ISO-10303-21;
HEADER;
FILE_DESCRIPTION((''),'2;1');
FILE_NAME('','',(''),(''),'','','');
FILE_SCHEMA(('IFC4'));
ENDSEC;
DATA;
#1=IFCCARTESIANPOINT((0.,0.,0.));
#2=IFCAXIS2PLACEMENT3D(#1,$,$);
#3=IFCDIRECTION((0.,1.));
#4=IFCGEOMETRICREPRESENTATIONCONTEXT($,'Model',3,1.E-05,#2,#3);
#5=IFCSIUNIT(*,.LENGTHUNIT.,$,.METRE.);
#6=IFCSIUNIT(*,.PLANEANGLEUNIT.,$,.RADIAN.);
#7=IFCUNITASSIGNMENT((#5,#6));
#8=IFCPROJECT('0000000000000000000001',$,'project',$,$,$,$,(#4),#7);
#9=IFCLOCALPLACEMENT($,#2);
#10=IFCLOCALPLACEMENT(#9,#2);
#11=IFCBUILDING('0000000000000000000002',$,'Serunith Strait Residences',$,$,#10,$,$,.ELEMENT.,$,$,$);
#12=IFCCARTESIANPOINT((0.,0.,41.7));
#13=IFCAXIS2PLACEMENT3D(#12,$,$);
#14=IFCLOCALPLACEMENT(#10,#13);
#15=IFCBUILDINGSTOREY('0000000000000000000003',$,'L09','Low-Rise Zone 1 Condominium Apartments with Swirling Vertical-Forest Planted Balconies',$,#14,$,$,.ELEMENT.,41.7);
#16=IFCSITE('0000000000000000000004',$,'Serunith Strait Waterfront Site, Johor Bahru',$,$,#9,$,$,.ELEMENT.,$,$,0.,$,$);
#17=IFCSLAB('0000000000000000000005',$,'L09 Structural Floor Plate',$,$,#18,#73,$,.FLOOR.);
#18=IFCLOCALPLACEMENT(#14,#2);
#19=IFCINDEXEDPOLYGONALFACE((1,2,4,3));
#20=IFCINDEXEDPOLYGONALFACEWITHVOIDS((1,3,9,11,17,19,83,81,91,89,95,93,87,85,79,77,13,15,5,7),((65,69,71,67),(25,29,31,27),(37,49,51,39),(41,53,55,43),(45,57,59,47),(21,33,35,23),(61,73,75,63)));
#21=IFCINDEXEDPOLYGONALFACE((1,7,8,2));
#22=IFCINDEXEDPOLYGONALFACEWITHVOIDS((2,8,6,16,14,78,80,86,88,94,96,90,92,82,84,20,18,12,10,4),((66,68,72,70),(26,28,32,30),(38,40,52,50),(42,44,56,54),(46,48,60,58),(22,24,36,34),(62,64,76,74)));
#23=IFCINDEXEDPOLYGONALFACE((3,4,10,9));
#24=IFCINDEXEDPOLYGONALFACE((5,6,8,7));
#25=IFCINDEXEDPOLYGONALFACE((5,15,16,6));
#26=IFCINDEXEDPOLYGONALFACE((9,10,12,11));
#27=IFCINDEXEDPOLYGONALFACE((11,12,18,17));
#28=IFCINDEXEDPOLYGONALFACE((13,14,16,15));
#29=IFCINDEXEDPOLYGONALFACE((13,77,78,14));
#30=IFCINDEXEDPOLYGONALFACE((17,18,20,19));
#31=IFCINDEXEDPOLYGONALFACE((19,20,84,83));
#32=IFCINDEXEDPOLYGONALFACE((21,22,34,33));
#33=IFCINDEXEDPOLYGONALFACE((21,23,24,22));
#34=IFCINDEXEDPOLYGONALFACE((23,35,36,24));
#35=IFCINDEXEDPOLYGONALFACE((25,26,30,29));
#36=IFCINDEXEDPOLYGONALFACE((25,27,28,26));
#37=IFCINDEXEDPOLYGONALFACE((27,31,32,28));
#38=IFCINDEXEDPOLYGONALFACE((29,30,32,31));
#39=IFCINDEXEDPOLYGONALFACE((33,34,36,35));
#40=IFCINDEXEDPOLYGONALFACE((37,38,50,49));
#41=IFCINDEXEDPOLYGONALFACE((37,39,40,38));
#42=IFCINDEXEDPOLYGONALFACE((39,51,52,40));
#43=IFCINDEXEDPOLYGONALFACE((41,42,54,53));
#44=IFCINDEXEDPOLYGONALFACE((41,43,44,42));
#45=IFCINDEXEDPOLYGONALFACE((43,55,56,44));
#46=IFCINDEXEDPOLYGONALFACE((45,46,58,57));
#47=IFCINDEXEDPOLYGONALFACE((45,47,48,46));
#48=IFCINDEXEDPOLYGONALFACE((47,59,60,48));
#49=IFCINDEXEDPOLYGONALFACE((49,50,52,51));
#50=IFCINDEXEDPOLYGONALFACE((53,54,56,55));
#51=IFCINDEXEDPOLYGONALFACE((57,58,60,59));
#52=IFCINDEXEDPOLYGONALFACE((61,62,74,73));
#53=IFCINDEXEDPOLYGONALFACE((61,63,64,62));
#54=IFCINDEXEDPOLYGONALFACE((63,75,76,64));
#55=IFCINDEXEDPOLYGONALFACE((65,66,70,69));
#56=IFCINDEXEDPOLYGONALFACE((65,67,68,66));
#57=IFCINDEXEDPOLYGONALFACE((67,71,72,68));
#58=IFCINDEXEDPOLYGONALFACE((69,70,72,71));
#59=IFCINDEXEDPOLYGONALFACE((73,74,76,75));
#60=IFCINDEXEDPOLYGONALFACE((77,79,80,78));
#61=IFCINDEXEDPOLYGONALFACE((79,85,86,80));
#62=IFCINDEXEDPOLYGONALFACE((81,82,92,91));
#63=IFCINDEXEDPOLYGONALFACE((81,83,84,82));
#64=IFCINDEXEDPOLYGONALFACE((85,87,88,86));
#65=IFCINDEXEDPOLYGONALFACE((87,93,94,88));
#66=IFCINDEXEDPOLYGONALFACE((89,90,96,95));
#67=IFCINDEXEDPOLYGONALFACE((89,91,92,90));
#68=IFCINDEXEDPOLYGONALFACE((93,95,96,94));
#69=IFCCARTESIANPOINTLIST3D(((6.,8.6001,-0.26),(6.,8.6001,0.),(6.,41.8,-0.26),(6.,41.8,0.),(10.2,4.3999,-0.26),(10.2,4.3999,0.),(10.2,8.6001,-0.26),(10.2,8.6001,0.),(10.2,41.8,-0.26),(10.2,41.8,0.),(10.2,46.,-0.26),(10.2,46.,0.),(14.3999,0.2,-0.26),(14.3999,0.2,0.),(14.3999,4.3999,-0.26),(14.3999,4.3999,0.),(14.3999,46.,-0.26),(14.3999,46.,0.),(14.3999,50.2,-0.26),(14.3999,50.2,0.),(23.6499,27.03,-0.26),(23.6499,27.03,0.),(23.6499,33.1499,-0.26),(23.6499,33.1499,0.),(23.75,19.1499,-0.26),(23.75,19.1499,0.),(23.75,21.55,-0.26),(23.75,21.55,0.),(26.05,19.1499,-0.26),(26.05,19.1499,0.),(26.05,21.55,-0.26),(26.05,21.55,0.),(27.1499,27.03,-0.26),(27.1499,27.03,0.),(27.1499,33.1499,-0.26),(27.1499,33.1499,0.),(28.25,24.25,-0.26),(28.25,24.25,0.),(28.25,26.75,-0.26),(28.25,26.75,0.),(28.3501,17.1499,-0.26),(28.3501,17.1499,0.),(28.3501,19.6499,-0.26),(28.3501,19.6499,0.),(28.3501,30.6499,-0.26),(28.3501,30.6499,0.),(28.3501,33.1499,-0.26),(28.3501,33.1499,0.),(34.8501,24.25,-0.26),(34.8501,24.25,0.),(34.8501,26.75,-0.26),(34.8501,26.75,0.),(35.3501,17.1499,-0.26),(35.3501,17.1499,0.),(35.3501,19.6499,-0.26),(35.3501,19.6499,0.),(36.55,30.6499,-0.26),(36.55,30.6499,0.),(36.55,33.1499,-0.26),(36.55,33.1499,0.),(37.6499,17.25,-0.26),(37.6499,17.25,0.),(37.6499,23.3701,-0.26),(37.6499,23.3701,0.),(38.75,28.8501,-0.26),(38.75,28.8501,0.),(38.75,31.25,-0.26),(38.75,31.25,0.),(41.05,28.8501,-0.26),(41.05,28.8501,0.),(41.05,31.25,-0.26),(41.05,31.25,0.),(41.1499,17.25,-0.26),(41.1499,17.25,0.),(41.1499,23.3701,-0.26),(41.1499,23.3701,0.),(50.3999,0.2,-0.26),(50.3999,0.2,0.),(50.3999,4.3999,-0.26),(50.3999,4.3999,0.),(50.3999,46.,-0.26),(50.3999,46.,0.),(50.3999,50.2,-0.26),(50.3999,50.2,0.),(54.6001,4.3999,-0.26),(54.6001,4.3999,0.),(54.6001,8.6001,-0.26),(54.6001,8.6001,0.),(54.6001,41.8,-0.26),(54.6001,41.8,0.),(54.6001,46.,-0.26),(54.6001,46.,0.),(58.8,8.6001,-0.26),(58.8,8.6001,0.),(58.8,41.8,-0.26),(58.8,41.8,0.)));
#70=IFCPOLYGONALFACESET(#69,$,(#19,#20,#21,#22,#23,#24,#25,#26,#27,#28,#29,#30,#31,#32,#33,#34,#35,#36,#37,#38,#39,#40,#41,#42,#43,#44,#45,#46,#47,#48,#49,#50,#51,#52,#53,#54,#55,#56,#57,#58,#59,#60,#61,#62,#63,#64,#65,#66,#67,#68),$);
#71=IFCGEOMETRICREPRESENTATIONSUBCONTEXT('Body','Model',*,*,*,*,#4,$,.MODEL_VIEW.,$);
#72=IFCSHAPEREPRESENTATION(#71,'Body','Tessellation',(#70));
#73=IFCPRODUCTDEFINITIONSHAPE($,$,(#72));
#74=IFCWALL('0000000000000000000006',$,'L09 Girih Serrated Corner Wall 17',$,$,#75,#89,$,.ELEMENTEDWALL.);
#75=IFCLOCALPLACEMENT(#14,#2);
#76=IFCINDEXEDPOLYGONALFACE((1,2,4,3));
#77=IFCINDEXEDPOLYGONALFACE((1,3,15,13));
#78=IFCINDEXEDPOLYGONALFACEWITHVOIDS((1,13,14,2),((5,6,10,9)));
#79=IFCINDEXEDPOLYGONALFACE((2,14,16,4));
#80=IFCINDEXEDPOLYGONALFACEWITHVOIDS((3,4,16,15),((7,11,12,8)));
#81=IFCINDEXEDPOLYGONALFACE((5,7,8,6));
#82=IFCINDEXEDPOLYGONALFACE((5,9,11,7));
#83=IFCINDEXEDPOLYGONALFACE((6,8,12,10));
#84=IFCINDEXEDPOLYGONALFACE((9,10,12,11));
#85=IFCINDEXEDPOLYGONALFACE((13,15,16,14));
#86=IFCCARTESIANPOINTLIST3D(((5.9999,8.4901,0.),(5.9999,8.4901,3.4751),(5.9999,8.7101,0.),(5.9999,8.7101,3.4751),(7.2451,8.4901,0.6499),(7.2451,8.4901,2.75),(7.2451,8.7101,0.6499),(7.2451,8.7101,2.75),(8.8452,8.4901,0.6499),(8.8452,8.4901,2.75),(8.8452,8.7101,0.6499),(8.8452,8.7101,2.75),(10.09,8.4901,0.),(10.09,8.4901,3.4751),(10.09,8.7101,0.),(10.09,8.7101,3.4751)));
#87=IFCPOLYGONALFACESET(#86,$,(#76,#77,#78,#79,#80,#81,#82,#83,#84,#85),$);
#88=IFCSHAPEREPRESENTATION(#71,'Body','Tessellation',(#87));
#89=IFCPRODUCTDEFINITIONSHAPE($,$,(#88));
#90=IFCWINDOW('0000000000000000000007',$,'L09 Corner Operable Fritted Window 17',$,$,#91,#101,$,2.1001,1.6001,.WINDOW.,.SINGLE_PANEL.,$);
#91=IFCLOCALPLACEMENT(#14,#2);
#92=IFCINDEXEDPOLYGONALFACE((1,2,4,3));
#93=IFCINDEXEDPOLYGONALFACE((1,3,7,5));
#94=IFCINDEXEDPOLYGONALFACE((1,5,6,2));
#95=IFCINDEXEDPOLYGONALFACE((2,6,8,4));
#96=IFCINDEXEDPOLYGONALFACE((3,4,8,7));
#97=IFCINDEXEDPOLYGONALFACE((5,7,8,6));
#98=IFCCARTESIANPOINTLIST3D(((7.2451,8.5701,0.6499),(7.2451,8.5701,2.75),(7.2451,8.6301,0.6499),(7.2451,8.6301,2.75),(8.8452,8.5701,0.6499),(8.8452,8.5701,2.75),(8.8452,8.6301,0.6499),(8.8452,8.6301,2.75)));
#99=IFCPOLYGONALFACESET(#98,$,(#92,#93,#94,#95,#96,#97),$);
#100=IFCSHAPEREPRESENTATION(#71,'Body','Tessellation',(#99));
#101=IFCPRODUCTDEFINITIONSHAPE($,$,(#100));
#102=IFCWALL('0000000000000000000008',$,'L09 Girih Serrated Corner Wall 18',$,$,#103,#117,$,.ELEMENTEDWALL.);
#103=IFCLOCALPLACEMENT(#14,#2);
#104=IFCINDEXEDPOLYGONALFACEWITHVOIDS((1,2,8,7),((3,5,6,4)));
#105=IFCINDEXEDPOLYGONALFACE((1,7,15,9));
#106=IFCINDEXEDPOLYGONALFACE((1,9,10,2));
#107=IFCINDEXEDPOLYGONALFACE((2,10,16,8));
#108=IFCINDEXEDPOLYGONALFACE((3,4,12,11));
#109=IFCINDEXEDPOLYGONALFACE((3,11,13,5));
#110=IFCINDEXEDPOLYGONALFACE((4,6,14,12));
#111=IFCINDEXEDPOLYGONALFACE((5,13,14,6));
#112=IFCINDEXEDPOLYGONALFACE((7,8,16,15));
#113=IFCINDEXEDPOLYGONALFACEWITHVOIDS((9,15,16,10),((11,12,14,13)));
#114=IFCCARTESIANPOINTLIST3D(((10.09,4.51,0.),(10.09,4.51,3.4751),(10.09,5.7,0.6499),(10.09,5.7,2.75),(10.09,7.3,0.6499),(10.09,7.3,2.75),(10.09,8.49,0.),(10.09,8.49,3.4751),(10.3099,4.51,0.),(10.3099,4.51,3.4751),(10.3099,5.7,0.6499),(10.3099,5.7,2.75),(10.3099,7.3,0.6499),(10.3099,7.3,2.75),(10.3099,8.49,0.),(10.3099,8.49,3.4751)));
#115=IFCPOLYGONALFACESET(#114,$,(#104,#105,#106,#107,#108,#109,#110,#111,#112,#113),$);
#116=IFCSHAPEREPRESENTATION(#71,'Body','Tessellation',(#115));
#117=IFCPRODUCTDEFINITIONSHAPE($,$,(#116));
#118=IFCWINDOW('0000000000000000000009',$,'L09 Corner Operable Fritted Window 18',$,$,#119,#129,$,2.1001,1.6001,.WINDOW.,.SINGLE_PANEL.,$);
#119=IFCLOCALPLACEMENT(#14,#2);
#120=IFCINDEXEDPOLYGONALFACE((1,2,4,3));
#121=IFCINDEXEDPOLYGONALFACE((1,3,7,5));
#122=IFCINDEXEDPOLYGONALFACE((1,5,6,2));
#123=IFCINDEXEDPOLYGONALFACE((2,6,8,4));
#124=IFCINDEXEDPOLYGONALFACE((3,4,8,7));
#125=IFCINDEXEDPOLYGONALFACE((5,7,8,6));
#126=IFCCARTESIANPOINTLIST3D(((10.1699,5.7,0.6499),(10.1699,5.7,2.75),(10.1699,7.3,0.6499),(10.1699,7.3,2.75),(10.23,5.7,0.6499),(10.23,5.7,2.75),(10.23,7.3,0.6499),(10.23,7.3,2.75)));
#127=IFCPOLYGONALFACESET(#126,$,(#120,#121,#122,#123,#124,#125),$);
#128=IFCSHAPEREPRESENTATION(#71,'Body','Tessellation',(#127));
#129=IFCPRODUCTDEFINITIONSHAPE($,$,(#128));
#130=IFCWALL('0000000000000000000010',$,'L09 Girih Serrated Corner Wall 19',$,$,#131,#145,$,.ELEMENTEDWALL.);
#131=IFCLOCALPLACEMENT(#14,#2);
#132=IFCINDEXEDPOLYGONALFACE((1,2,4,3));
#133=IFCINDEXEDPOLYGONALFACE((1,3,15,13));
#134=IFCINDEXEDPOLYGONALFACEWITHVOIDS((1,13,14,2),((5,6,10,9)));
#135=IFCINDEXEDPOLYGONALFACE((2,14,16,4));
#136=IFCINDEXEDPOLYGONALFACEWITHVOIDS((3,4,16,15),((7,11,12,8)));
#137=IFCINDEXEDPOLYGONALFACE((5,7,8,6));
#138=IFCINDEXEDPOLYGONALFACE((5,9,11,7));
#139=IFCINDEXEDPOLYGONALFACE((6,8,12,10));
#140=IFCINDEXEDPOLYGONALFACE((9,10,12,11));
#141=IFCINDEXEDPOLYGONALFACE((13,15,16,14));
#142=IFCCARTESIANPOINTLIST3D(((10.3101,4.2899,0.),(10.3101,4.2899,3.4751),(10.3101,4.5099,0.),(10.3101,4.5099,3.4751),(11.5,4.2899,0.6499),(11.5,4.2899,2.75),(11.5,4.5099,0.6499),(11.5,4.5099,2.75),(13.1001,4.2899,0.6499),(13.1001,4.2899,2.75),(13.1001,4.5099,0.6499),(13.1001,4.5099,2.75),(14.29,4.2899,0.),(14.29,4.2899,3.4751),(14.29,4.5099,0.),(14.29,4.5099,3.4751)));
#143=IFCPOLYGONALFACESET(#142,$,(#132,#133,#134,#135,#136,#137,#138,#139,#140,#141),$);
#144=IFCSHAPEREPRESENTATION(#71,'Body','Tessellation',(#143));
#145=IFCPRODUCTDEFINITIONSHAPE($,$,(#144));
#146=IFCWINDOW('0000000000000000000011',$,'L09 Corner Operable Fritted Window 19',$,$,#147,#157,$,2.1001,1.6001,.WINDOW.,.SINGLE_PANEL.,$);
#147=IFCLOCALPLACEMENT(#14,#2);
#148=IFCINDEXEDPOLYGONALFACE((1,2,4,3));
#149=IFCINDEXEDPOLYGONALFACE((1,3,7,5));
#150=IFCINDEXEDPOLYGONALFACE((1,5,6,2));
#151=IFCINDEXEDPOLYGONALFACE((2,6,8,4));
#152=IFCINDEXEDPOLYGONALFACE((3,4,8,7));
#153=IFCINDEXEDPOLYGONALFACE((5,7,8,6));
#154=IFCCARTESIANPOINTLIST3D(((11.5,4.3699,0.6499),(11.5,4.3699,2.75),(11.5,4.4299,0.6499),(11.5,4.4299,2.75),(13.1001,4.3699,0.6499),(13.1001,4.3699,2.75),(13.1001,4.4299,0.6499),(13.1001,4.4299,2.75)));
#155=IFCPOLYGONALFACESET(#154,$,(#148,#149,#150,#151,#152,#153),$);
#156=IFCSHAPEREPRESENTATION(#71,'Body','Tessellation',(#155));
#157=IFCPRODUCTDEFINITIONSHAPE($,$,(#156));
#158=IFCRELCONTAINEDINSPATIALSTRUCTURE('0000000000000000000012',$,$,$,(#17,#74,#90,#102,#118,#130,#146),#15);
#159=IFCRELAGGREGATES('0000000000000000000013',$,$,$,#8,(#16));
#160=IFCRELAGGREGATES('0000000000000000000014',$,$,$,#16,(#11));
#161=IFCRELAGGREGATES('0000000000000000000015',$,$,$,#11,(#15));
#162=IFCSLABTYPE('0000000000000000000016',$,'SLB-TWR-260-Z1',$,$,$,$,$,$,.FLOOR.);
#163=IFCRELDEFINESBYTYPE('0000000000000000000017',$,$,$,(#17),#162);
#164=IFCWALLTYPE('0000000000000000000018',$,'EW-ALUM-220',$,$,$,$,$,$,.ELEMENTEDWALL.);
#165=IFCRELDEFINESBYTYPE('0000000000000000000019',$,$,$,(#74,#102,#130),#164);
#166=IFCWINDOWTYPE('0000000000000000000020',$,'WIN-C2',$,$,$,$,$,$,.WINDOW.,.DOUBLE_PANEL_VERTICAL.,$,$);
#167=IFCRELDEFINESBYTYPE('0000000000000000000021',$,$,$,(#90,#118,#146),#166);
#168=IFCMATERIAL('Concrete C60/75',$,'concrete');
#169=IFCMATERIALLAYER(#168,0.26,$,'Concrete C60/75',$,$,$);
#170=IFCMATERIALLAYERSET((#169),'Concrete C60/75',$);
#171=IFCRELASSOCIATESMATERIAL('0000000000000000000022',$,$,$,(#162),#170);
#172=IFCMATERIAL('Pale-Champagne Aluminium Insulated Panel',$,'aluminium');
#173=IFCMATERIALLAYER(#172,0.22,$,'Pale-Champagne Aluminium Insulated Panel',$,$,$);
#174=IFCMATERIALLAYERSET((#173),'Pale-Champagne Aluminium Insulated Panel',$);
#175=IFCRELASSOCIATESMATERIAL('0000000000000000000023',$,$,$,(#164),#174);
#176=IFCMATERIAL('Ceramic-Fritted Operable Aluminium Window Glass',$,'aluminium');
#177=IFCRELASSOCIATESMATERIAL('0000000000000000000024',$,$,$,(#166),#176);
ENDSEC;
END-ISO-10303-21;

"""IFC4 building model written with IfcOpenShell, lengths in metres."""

from ifc_helpers import new_model, si_unit, direction, frame, frame_2d, origin, place, context, subcontext, project, spatial, polyline, rectangle, outline, extrude, source, transform, mapped, material, layer, layer_set, type_object, element, fill, save


model = new_model("IFC4")

# Units and contexts
model_context = context("Model", 3, precision=1e-05, world=origin(), true_north=direction((0.0, 1.0)))
body_context = subcontext(model_context, "Body", "Model", "MODEL_VIEW")
ifc_project = project(units=[si_unit("LENGTHUNIT", "METRE"), si_unit("PLANEANGLEUNIT", "RADIAN")], contexts=[model_context])

# Site, building, storey
site_placement = place(None, origin())
site = spatial("IfcSite", under=ifc_project, at=site_placement, Name="Serunith Strait Waterfront Site, Johor Bahru", CompositionType="ELEMENT", RefElevation=0.0)
building_placement = place(site_placement, origin())
building = spatial("IfcBuilding", under=site, at=building_placement, Name="Serunith Strait Residences", CompositionType="ELEMENT")
storey_placement = place(building_placement, frame((0.0, 0.0, 41.7)))
storey = spatial("IfcBuildingStorey", under=building, at=storey_placement, Name="L09", Description="Low-Rise Zone 1 Condominium Apartments with Swirling Vertical-Forest Planted Balconies", CompositionType="ELEMENT", Elevation=41.7)

# Slab
ifc_material_1 = material(Name="Concrete C60/75", Category="concrete")
ifc_layer_1 = layer(ifc_material_1, 0.26, Name="Concrete C60/75")
ifc_layer_set_1 = layer_set([ifc_layer_1], Name="Concrete C60/75")
slab_type_1 = type_object("IfcSlabType", Name="SLB-TWR-260-Z1", PredefinedType="FLOOR", material=ifc_layer_set_1)
slab_1_placement = place(storey_placement, frame((0.0, 0.0, -0.26)))
element("IfcSlab", 1, at=slab_1_placement, inside=storey, type_object=slab_type_1, Name="L09 Structural Floor Plate", PredefinedType="FLOOR", context=body_context, shape_type="SweptSolid", body=[
    extrude(outline(polyline([(14.3999, 4.3999), (10.2, 4.3999), (10.2, 8.6001), (6.0, 8.6001), (6.0, 41.8), (10.2, 41.8), (10.2, 46.0), (14.3999, 46.0), (14.3999, 50.2), (50.3999, 50.2), (50.3999, 46.0), (54.6001, 46.0), (54.6001, 41.8), (58.8, 41.8), (58.8, 8.6001), (54.6001, 8.6001), (54.6001, 4.3999), (50.3999, 4.3999), (50.3999, 0.2), (14.3999, 0.2), (14.3999, 4.3999)]), holes=[polyline([(41.1499, 17.25), (41.1499, 23.3701), (37.6499, 23.3701), (37.6499, 17.25), (41.1499, 17.25)]), polyline([(41.05, 31.25), (38.75, 31.25), (38.75, 28.8501), (41.05, 28.8501), (41.05, 31.25)]), polyline([(36.55, 33.1499), (28.3501, 33.1499), (28.3501, 30.6499), (36.55, 30.6499), (36.55, 33.1499)]), polyline([(28.3501, 19.6499), (28.3501, 17.1499), (35.3501, 17.1499), (35.3501, 19.6499), (28.3501, 19.6499)]), polyline([(34.8501, 26.75), (28.25, 26.75), (28.25, 24.25), (34.8501, 24.25), (34.8501, 26.75)]), polyline([(23.6499, 33.1499), (23.6499, 27.03), (27.1499, 27.03), (27.1499, 33.1499), (23.6499, 33.1499)]), polyline([(26.05, 21.55), (23.75, 21.55), (23.75, 19.1499), (26.05, 19.1499), (26.05, 21.55)])]), origin(), (0.0, 0.0, 1.0), 0.26),
])

# Walls, openings, windows
ifc_material_2 = material(Name="Pale-Champagne Aluminium Insulated Panel", Category="aluminium")
ifc_layer_2 = layer(ifc_material_2, 0.22, Name="Pale-Champagne Aluminium Insulated Panel")
ifc_layer_set_2 = layer_set([ifc_layer_2], Name="Pale-Champagne Aluminium Insulated Panel")
wall_type_1 = type_object("IfcWallType", Name="EW-ALUM-220", PredefinedType="ELEMENTEDWALL", material=ifc_layer_set_2)
wall_1_placement = place(storey_placement, frame((6.0, 8.6001, 0.0), z_axis=(0.0, 0.0, 1.0), x_axis=(1.0, 0.0, 0.0)))
wall_1 = element("IfcWall", 2, at=wall_1_placement, inside=storey, type_object=wall_type_1, Name="L09 Girih Serrated Corner Wall 17", PredefinedType="ELEMENTEDWALL", context=body_context, shape_type="SweptSolid", body=[
    extrude(rectangle(XDim=4.0901, YDim=0.22, at=frame_2d((2.0449, 0.0))), origin(), (0.0, 0.0, 1.0), 3.4751),
])
opening_1_placement = place(wall_1_placement, frame((1.2451, 0.0, 0.6499)))
opening_1 = element("IfcOpeningElement", 3, at=opening_1_placement, cuts=wall_1, PredefinedType="OPENING", context=body_context, shape_type="SweptSolid", body=[
    extrude(rectangle(XDim=1.6001, YDim=2.1001, at=frame_2d((0.8, 1.05))), frame((0.0, 0.1201, 0.0), z_axis=(0.0, -1.0, 0.0), x_axis=(1.0, 0.0, 0.0)), (0.0, 0.0, 1.0), 0.24),
])
ifc_material_3 = material(Name="Ceramic-Fritted Operable Aluminium Window Glass", Category="aluminium")
window_type = type_object("IfcWindowType", Name="WIN-C2", PartitioningType="DOUBLE_PANEL_VERTICAL", PredefinedType="WINDOW", material=ifc_material_3)
shared_shape_1 = source(origin(), body_context, "Body", "SweptSolid", [
    extrude(rectangle(XDim=1.6001, YDim=2.1001, at=frame_2d((0.8, 1.05))), frame((0.0, 0.03, 0.0), z_axis=(0.0, -1.0, 0.0), x_axis=(1.0, 0.0, 0.0)), (0.0, 0.0, 1.0), 0.0601),
])
window_1_placement = place(opening_1_placement, origin())
window_1 = element("IfcWindow", 4, at=window_1_placement, inside=storey, type_object=window_type, Name="L09 Corner Operable Fritted Window 17", OverallHeight=2.1001, OverallWidth=1.6001, PartitioningType="SINGLE_PANEL", PredefinedType="WINDOW", context=body_context, shape_type="MappedRepresentation", body=[
    mapped(shared_shape_1, transform((0.0, 0.0, 0.0), scale=1.0)),
])
fill(opening_1, window_1)
wall_2_placement = place(storey_placement, frame((10.2, 8.49, 0.0), z_axis=(0.0, 0.0, 1.0), x_axis=(0.0, -1.0, 0.0)))
wall_2 = element("IfcWall", 5, at=wall_2_placement, inside=storey, type_object=wall_type_1, Name="L09 Girih Serrated Corner Wall 18", PredefinedType="ELEMENTEDWALL", context=body_context, shape_type="SweptSolid", body=[
    extrude(rectangle(XDim=3.98, YDim=0.22, at=frame_2d((1.99, 0.0))), origin(), (0.0, 0.0, 1.0), 3.4751),
])
opening_2_placement = place(wall_2_placement, frame((1.1899, 0.0, 0.6499)))
opening_2 = element("IfcOpeningElement", 6, at=opening_2_placement, cuts=wall_2, PredefinedType="OPENING", context=body_context, shape_type="SweptSolid", body=[
    extrude(rectangle(XDim=1.6001, YDim=2.1001, at=frame_2d((0.8, 1.05))), frame((0.0, 0.1201, 0.0), z_axis=(0.0, -1.0, 0.0), x_axis=(1.0, 0.0, 0.0)), (0.0, 0.0, 1.0), 0.24),
])
window_2_placement = place(opening_2_placement, origin())
window_2 = element("IfcWindow", 7, at=window_2_placement, inside=storey, type_object=window_type, Name="L09 Corner Operable Fritted Window 18", OverallHeight=2.1001, OverallWidth=1.6001, PartitioningType="SINGLE_PANEL", PredefinedType="WINDOW", context=body_context, shape_type="MappedRepresentation", body=[
    mapped(shared_shape_1, transform((0.0, 0.0, 0.0), scale=1.0)),
])
fill(opening_2, window_2)
wall_3_placement = place(storey_placement, frame((10.3101, 4.3999, 0.0), z_axis=(0.0, 0.0, 1.0), x_axis=(1.0, 0.0, 0.0)))
wall_3 = element("IfcWall", 8, at=wall_3_placement, inside=storey, type_object=wall_type_1, Name="L09 Girih Serrated Corner Wall 19", PredefinedType="ELEMENTEDWALL", context=body_context, shape_type="SweptSolid", body=[
    extrude(rectangle(XDim=3.98, YDim=0.22, at=frame_2d((1.99, 0.0))), origin(), (0.0, 0.0, 1.0), 3.4751),
])
opening_3_placement = place(wall_3_placement, frame((1.1899, 0.0, 0.6499)))
opening_3 = element("IfcOpeningElement", 9, at=opening_3_placement, cuts=wall_3, PredefinedType="OPENING", context=body_context, shape_type="SweptSolid", body=[
    extrude(rectangle(XDim=1.6001, YDim=2.1001, at=frame_2d((0.8, 1.05))), frame((0.0, 0.1201, 0.0), z_axis=(0.0, -1.0, 0.0), x_axis=(1.0, 0.0, 0.0)), (0.0, 0.0, 1.0), 0.24),
])
window_3_placement = place(opening_3_placement, origin())
window_3 = element("IfcWindow", 10, at=window_3_placement, inside=storey, type_object=window_type, Name="L09 Corner Operable Fritted Window 19", OverallHeight=2.1001, OverallWidth=1.6001, PartitioningType="SINGLE_PANEL", PredefinedType="WINDOW", context=body_context, shape_type="MappedRepresentation", body=[
    mapped(shared_shape_1, transform((0.0, 0.0, 0.0), scale=1.0)),
])
fill(opening_3, window_3)

save(model, "model.ifc")
